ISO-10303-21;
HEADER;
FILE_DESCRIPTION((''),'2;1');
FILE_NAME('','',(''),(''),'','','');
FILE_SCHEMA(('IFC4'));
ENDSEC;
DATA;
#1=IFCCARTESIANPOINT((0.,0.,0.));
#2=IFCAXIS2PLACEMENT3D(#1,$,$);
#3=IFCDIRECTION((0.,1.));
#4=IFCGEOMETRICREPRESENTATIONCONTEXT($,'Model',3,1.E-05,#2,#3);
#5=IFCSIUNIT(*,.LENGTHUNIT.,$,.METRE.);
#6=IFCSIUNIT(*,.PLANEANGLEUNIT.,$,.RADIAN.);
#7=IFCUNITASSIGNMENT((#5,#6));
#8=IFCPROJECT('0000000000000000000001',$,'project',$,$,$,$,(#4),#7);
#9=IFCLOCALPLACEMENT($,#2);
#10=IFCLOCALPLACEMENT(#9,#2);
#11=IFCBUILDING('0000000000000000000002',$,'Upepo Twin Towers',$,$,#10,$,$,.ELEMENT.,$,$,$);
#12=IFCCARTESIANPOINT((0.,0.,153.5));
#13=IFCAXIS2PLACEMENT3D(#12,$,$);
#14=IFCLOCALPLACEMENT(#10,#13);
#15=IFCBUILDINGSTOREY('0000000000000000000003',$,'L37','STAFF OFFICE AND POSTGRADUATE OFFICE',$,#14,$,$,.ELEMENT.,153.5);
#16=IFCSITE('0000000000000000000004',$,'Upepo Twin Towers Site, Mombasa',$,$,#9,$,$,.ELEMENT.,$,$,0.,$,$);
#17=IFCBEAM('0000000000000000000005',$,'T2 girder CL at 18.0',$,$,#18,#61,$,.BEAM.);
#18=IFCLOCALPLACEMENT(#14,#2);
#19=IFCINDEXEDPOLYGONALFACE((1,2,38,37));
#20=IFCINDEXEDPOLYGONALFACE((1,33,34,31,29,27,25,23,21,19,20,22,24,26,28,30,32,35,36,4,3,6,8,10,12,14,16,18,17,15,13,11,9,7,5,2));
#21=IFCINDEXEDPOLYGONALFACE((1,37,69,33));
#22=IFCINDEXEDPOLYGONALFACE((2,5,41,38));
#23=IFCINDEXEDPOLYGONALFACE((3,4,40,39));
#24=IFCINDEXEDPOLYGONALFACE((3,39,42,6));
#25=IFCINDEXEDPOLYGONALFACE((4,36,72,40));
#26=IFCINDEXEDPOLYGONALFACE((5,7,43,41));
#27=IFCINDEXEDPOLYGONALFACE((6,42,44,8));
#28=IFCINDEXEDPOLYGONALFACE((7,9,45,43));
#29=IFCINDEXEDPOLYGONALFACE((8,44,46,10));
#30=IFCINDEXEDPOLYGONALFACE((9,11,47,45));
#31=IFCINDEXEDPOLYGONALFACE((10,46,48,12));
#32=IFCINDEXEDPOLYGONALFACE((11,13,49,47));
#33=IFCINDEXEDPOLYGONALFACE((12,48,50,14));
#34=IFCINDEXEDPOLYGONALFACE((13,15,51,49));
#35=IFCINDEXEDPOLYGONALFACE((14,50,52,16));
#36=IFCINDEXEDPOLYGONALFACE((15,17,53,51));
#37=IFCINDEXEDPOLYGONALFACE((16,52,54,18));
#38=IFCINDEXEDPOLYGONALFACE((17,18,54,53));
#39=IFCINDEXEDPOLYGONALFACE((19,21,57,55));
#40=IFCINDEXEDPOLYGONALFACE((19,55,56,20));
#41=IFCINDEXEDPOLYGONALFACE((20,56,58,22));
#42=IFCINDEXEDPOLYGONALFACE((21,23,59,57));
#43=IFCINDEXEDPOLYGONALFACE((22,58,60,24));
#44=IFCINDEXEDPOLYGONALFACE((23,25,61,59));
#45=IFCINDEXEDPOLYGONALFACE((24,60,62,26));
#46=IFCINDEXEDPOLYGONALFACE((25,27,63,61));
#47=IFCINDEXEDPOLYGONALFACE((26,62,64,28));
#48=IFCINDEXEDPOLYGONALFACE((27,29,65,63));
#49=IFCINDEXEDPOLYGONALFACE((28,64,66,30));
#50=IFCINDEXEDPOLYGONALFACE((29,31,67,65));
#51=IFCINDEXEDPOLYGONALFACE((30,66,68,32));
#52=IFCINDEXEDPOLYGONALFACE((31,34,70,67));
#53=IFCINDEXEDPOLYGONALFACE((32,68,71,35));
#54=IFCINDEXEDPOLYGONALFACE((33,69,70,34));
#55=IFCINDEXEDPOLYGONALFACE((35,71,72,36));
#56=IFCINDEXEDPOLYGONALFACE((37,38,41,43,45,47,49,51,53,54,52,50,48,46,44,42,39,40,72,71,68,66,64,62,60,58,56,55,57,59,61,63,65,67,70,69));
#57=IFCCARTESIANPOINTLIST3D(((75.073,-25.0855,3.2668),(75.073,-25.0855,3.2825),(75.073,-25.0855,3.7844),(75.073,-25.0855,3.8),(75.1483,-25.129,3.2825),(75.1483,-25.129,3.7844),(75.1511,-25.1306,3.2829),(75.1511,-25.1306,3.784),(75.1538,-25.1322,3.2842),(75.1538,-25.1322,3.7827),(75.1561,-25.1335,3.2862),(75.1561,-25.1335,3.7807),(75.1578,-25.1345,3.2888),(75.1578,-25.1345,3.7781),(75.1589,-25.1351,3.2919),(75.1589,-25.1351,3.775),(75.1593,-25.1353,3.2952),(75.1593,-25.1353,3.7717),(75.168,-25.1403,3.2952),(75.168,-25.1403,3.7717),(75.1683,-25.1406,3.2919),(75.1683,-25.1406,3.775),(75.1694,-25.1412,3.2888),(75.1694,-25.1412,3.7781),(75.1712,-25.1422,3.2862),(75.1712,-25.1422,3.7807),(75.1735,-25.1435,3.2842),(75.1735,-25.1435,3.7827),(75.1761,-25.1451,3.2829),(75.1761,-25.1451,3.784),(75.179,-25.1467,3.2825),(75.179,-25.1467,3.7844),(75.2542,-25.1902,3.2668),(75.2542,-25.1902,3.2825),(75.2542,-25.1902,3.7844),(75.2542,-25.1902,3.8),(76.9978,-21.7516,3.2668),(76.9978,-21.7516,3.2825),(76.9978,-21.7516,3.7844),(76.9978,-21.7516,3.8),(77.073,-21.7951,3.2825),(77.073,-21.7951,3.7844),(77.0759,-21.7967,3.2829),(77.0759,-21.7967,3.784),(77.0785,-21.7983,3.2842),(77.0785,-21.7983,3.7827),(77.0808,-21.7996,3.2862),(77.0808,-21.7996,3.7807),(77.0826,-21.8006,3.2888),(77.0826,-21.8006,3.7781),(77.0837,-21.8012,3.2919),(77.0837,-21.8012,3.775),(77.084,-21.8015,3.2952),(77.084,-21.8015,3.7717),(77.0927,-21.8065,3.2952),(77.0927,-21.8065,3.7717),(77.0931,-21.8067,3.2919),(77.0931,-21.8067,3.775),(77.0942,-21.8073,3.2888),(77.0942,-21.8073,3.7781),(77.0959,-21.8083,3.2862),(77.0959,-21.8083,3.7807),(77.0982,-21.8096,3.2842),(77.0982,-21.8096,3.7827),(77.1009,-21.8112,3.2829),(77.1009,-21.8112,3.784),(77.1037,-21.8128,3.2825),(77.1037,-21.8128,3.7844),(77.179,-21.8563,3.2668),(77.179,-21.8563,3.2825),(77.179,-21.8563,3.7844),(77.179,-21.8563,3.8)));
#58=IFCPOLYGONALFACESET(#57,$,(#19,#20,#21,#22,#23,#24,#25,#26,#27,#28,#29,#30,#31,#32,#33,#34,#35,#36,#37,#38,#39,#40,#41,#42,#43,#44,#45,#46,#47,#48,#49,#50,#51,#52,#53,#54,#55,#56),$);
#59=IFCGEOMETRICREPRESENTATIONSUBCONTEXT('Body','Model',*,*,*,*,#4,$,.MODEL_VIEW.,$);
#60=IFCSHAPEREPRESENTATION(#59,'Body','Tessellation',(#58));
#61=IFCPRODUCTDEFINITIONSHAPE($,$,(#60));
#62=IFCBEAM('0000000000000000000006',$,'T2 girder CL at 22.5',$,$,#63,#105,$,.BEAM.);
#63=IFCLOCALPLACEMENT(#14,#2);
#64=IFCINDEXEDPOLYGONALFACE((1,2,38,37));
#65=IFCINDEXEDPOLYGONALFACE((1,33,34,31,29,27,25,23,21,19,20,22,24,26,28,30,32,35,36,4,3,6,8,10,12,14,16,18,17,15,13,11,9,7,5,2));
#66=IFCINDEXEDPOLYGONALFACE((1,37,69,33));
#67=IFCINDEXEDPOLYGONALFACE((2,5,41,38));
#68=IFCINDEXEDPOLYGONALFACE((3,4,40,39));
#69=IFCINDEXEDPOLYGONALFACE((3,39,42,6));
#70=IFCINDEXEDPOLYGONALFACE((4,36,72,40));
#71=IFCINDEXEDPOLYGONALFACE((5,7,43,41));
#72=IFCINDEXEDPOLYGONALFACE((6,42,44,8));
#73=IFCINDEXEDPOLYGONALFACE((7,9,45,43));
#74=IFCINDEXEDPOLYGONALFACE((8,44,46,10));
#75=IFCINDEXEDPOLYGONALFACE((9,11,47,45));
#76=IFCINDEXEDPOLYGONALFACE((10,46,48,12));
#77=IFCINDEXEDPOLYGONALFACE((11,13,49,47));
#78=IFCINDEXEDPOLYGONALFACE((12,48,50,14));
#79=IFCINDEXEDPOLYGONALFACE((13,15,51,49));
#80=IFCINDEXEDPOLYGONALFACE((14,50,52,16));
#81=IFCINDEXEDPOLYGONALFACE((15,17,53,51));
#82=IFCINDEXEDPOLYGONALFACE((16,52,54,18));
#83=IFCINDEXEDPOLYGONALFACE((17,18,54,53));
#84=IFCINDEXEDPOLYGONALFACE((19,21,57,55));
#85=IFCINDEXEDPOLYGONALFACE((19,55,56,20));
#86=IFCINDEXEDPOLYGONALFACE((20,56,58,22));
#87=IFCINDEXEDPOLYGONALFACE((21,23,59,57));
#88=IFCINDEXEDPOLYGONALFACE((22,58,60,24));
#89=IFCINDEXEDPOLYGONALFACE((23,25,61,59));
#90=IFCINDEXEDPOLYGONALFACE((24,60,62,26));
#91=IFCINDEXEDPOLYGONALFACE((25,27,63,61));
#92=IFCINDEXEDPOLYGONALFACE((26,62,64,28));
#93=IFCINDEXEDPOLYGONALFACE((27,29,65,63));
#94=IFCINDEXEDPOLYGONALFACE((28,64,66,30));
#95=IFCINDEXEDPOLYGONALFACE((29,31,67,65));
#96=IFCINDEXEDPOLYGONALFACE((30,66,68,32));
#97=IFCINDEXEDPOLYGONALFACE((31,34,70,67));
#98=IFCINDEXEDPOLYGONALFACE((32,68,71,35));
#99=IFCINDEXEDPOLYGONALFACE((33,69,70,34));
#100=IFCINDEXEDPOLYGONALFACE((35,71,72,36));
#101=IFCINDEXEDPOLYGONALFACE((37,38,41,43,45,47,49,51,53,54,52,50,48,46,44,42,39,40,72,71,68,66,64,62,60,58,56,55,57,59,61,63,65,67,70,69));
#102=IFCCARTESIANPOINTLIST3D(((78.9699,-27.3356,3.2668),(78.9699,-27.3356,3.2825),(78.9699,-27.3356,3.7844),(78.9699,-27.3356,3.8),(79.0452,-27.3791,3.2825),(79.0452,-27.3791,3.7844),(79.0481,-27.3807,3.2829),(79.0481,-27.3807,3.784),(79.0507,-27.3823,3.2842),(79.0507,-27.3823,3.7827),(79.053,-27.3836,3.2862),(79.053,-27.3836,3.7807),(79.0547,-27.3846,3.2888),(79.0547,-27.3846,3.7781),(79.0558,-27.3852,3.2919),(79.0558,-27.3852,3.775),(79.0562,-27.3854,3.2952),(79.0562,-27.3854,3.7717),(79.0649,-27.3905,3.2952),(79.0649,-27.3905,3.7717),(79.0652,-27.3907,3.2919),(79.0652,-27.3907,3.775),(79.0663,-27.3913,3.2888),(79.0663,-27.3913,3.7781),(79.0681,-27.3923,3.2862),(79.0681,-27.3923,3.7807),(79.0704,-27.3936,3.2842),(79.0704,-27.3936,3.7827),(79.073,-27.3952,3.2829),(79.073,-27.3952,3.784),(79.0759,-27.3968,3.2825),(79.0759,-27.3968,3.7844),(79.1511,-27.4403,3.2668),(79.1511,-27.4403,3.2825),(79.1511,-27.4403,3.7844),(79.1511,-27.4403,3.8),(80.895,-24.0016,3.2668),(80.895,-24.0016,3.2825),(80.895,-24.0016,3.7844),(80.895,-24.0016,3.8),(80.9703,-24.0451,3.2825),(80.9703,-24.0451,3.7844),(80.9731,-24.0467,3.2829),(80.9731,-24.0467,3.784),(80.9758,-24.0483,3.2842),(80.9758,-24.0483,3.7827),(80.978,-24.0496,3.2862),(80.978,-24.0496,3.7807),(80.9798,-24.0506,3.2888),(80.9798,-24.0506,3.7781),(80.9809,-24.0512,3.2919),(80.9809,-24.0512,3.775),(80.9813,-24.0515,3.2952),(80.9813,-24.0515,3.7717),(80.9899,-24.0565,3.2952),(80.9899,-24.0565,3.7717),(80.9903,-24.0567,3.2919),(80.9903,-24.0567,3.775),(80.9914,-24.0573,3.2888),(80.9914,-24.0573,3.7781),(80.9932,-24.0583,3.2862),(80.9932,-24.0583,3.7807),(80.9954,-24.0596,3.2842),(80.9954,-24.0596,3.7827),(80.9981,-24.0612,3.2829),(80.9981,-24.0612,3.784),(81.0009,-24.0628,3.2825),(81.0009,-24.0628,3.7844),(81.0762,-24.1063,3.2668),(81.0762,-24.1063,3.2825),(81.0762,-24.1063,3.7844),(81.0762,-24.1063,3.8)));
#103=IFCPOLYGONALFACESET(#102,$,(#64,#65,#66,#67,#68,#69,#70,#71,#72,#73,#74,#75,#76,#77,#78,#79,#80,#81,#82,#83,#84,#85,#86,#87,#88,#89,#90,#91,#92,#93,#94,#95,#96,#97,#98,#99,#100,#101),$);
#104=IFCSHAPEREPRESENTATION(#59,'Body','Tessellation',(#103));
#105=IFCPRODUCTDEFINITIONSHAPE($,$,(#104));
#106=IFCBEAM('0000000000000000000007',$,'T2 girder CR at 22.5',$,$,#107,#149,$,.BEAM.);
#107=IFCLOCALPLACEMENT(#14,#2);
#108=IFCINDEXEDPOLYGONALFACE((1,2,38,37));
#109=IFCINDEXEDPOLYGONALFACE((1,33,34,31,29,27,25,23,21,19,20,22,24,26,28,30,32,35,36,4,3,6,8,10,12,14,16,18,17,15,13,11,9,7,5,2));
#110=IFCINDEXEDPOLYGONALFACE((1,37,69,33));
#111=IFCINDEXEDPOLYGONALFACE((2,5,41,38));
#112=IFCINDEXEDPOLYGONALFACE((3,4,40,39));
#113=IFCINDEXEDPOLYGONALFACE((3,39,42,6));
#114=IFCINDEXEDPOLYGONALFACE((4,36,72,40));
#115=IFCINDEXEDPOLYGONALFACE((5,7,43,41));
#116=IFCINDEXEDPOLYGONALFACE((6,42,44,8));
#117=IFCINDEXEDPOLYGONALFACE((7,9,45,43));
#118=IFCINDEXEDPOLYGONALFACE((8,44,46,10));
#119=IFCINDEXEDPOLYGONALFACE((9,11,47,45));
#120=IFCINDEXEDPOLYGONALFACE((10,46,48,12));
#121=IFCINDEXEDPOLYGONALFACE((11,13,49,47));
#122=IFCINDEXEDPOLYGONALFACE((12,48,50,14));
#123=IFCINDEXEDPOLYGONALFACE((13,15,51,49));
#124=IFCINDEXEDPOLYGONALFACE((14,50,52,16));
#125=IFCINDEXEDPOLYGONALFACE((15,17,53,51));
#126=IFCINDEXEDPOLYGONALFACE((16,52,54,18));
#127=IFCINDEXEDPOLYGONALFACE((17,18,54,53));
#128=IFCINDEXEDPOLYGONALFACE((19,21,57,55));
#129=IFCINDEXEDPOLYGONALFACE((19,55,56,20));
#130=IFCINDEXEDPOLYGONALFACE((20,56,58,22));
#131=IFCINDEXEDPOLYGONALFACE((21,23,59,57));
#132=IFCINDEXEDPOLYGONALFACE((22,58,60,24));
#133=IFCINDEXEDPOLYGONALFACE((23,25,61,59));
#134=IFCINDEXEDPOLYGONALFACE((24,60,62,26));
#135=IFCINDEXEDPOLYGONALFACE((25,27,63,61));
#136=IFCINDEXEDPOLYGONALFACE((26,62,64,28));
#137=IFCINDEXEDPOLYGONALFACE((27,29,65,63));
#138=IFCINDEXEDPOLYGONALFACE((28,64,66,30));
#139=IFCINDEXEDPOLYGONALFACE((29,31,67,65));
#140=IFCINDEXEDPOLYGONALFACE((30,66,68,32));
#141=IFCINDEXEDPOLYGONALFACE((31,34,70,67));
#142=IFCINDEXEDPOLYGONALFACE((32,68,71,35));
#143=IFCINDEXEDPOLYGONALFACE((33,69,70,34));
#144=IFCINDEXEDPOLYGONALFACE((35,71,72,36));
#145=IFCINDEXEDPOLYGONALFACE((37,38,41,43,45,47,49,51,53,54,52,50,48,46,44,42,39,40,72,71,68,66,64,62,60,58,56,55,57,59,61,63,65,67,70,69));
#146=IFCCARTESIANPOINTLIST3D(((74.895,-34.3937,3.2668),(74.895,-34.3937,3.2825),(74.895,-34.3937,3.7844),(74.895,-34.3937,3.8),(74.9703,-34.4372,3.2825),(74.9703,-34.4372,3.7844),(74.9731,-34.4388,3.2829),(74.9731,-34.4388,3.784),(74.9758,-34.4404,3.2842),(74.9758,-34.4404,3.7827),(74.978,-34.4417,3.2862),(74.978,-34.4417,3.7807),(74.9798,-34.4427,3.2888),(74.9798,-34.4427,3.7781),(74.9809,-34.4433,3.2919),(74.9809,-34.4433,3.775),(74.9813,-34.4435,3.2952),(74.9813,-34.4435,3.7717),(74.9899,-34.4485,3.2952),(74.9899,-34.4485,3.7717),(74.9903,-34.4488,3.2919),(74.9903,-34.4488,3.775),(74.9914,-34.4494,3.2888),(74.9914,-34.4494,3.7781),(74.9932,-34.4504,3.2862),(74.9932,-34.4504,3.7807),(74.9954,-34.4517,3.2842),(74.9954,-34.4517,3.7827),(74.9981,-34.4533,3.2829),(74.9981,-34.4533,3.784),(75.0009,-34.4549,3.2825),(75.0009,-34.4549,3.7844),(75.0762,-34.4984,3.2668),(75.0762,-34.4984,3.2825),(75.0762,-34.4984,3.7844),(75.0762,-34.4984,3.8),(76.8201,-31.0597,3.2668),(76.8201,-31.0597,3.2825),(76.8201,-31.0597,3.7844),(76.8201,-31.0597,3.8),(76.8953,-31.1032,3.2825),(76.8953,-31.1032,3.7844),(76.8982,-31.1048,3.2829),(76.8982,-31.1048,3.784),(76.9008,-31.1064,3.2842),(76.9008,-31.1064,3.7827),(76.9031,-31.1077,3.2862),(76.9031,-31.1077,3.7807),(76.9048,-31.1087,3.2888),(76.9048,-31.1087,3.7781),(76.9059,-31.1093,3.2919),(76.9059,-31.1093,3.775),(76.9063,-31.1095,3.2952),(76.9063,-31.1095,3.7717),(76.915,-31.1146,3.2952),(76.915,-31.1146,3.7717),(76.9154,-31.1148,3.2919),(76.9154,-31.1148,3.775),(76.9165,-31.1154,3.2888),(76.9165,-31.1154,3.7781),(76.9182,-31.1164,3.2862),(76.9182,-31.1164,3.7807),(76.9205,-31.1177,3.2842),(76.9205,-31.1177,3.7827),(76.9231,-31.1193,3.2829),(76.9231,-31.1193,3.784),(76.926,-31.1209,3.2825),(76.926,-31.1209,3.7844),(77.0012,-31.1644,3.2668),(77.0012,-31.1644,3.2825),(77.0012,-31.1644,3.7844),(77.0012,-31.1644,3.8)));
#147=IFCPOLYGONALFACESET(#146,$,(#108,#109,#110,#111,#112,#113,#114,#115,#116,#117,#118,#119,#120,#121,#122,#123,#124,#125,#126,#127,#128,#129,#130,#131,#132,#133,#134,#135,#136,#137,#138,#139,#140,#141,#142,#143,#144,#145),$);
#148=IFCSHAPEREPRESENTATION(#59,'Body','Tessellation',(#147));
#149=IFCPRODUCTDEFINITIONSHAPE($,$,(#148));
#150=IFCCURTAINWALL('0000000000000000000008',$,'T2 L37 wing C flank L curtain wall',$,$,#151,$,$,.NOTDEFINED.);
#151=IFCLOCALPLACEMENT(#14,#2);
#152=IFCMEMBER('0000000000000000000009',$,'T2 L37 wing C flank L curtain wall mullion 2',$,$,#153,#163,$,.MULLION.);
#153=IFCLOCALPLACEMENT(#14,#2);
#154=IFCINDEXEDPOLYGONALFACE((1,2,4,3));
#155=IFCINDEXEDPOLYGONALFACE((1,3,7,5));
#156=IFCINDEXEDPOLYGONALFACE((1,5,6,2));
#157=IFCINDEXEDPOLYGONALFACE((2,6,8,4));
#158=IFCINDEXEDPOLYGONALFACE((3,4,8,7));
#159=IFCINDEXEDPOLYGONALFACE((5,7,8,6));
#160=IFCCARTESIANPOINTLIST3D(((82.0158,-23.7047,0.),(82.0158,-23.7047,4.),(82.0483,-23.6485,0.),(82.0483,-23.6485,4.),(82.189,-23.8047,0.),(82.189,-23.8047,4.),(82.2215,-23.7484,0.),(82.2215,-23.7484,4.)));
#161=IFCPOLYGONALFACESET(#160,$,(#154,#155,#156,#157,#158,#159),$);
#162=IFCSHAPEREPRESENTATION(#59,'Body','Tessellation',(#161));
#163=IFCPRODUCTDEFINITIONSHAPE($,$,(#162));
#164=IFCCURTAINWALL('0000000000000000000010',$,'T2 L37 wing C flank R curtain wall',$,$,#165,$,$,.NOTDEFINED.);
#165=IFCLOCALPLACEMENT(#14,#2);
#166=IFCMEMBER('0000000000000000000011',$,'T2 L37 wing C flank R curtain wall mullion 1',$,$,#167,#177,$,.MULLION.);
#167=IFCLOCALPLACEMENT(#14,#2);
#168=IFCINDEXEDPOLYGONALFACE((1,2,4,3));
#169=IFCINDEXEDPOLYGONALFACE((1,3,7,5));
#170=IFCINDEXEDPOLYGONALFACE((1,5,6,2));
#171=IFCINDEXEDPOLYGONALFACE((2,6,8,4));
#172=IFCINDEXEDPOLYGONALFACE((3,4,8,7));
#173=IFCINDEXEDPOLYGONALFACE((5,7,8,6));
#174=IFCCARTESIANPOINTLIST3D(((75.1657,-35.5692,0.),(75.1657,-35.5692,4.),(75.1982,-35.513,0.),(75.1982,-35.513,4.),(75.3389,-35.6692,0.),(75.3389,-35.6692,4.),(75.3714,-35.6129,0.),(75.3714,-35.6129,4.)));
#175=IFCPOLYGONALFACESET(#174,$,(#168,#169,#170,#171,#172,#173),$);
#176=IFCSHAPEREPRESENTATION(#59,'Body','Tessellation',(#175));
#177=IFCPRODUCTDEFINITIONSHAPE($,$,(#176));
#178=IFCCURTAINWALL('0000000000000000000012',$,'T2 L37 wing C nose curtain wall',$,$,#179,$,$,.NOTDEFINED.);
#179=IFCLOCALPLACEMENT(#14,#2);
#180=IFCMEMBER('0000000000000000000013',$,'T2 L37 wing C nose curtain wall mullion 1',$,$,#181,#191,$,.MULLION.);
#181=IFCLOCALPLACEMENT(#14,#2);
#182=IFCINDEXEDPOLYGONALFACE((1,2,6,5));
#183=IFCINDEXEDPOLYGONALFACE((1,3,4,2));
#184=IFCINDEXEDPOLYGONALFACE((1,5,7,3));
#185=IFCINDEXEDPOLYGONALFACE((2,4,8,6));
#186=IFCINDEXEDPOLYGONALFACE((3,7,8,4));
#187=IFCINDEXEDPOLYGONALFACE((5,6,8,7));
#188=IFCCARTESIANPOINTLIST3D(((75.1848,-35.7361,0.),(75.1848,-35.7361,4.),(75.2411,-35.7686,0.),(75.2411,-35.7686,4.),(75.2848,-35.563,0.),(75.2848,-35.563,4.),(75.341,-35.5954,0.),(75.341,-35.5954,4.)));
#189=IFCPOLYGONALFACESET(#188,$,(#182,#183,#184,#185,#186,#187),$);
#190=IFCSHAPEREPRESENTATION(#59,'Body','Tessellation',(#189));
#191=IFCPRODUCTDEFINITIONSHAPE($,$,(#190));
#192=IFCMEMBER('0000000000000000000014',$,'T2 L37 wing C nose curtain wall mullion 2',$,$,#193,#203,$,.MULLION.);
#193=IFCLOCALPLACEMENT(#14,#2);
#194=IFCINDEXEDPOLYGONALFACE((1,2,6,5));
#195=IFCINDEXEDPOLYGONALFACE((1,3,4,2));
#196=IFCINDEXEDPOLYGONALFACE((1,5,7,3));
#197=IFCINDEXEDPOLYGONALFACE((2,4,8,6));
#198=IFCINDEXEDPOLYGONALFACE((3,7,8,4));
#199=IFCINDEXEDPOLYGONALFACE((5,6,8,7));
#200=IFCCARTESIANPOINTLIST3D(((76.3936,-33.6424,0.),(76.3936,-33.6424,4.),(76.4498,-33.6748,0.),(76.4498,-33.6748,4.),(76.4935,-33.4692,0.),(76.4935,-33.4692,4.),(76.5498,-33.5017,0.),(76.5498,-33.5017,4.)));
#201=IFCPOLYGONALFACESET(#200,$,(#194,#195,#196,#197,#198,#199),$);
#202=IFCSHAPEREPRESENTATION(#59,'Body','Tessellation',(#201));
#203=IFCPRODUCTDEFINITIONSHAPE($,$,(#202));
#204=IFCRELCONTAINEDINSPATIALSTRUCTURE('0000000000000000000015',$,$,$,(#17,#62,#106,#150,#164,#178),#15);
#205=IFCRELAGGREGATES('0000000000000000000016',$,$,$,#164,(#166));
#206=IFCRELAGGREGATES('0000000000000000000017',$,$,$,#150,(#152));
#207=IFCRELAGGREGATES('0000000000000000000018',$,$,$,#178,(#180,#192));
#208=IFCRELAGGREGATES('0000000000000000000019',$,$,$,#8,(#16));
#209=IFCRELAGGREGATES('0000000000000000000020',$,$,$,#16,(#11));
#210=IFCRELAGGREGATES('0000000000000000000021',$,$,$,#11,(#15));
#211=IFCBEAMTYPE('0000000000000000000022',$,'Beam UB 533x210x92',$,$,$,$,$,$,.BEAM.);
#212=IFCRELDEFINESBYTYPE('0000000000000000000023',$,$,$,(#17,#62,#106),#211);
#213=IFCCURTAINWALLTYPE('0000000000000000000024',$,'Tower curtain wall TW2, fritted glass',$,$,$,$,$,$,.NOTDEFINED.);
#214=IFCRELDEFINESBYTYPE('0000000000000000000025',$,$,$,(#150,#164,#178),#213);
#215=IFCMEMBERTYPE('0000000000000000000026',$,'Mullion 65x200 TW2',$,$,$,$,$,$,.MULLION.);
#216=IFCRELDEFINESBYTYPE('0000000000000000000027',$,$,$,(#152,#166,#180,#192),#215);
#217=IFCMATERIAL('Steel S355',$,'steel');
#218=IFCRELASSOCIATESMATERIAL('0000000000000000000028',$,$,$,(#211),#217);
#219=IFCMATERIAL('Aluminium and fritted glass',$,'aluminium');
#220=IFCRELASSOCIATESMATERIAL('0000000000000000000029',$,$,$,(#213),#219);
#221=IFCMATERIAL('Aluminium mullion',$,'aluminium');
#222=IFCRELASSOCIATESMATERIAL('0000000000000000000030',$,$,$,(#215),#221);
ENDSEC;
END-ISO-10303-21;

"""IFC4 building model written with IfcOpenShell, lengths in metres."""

from ifc_helpers import new_model, si_unit, direction, frame, origin, origin_2d, place, context, subcontext, project, spatial, rectangle, i_section, extrude, material, material_profile, profile_set, type_object, element, aggregate, save


model = new_model("IFC4")

# Units and contexts
model_context = context("Model", 3, precision=1e-05, world=origin(), true_north=direction((0.0, 1.0)))
body_context = subcontext(model_context, "Body", "Model", "MODEL_VIEW")
ifc_project = project(units=[si_unit("LENGTHUNIT", "METRE"), si_unit("PLANEANGLEUNIT", "RADIAN")], contexts=[model_context])

# Site, building, storey
site_placement = place(None, origin())
site = spatial("IfcSite", under=ifc_project, at=site_placement, Name="Upepo Twin Towers Site, Mombasa", CompositionType="ELEMENT", RefElevation=0.0)
building_placement = place(site_placement, origin())
building = spatial("IfcBuilding", under=site, at=building_placement, Name="Upepo Twin Towers", CompositionType="ELEMENT")
storey_placement = place(building_placement, frame((0.0, 0.0, 153.5)))
storey = spatial("IfcBuildingStorey", under=building, at=storey_placement, Name="L37", Description="STAFF OFFICE AND POSTGRADUATE OFFICE", CompositionType="ELEMENT", Elevation=153.5)

# Beams
ifc_material_1 = material(Name="Steel S355", Category="steel")
ifc_material_profile_1 = material_profile(ifc_material_1, i_section(OverallWidth=0.2092, OverallDepth=0.5332, WebThickness=0.01, FlangeThickness=0.0156, FilletRadius=0.0127, at=origin_2d()), Name="UB 533x210x92")
ifc_profile_set_1 = profile_set([ifc_material_profile_1], Name="Steel S355")
beam_type_1 = type_object("IfcBeamType", Name="Beam UB 533x210x92", PredefinedType="BEAM", material=ifc_profile_set_1)
beam_1_placement = place(storey_placement, frame((77.0884, -21.804, 3.5334), z_axis=(-0.499986, -0.866034, 0.0), x_axis=(0.866034, -0.499986, 0.0)))
element("IfcBeam", 1, at=beam_1_placement, inside=storey, type_object=beam_type_1, Name="T2 girder CL at 18.0", PredefinedType="BEAM", context=body_context, shape_type="SweptSolid", body=[
    extrude(i_section(OverallWidth=0.2092, OverallDepth=0.5332, WebThickness=0.01, FlangeThickness=0.0156, FilletRadius=0.0127, at=origin_2d()), origin(), (0.0, 0.0, 1.0), 3.8496),
])
for number, where, z_axis, x_axis, name in (
    (2, (80.9856, -24.054, 3.5334), (-0.500034, -0.866006, 0.0), (0.866006, -0.500034, 0.0), "T2 girder CL at 22.5"),
    (3, (74.9856, -34.446, 3.5334), (0.500034, 0.866006, 0.0), (-0.866006, 0.500034, 0.0), "T2 girder CR at 22.5"),
):
    element("IfcBeam", number, at=place(storey_placement, frame(where, z_axis=z_axis, x_axis=x_axis)), inside=storey, type_object=beam_type_1, Name=name, PredefinedType="BEAM", context=body_context, shape_type="SweptSolid", body=[
        extrude(i_section(OverallWidth=0.2092, OverallDepth=0.5332, WebThickness=0.01, FlangeThickness=0.0156, FilletRadius=0.0127, at=origin_2d()), origin(), (0.0, 0.0, 1.0), 3.8499),
    ])

# Curtain walls, members
ifc_material_2 = material(Name="Aluminium and fritted glass", Category="aluminium")
curtain_wall_type = type_object("IfcCurtainWallType", Name="Tower curtain wall TW2, fritted glass", PredefinedType="NOTDEFINED", material=ifc_material_2)
curtain_wall_1_placement = place(storey_placement, origin())
curtain_wall_1 = element("IfcCurtainWall", 4, at=curtain_wall_1_placement, inside=storey, type_object=curtain_wall_type, Name="T2 L37 wing C flank L curtain wall", PredefinedType="NOTDEFINED")
ifc_material_3 = material(Name="Aluminium mullion", Category="aluminium")
ifc_material_profile_2 = material_profile(ifc_material_3, rectangle(XDim=0.0649, YDim=0.2, at=origin_2d()), Name="MULLION 65x200")
ifc_profile_set_2 = profile_set([ifc_material_profile_2], Name="Aluminium mullion")
member_type_1 = type_object("IfcMemberType", Name="Mullion 65x200 TW2", PredefinedType="MULLION", material=ifc_profile_set_2)
member_1_placement = place(storey_placement, frame((82.1187, -23.7266, 0.0), z_axis=(0.0, 0.0, 1.0), x_axis=(0.5, 0.866025, 0.0)))
member_1 = element("IfcMember", 5, at=member_1_placement, type_object=member_type_1, Name="T2 L37 wing C flank L curtain wall mullion 2", PredefinedType="MULLION", context=body_context, shape_type="SweptSolid", body=[
    extrude(rectangle(XDim=0.0649, YDim=0.2, at=origin_2d()), origin(), (0.0, 0.0, 1.0), 4.0),
])
curtain_wall_2_placement = place(storey_placement, origin())
curtain_wall_2 = element("IfcCurtainWall", 6, at=curtain_wall_2_placement, inside=storey, type_object=curtain_wall_type, Name="T2 L37 wing C flank R curtain wall", PredefinedType="NOTDEFINED")
member_2_placement = place(storey_placement, frame((75.2686, -35.5911, 0.0), z_axis=(0.0, 0.0, 1.0), x_axis=(-0.5, -0.866025, 0.0)))
member_2 = element("IfcMember", 7, at=member_2_placement, type_object=member_type_1, Name="T2 L37 wing C flank R curtain wall mullion 1", PredefinedType="MULLION", context=body_context, shape_type="SweptSolid", body=[
    extrude(rectangle(XDim=0.0649, YDim=0.2, at=origin_2d()), origin(), (0.0, 0.0, 1.0), 4.0),
])

# Curtain wall, members
curtain_wall_3_placement = place(storey_placement, origin())
curtain_wall_3 = element("IfcCurtainWall", 8, at=curtain_wall_3_placement, inside=storey, type_object=curtain_wall_type, Name="T2 L37 wing C nose curtain wall", PredefinedType="NOTDEFINED")
member_3_placement = place(storey_placement, frame((75.2629, -35.6658, 0.0), z_axis=(0.0, 0.0, 1.0), x_axis=(-0.866025, 0.5, 0.0)))
member_3 = element("IfcMember", 9, at=member_3_placement, type_object=member_type_1, Name="T2 L37 wing C nose curtain wall mullion 1", PredefinedType="MULLION", context=body_context, shape_type="SweptSolid", body=[
    extrude(rectangle(XDim=0.0649, YDim=0.2, at=origin_2d()), origin(), (0.0, 0.0, 1.0), 4.0),
])
member_4_placement = place(storey_placement, frame((76.4717, -33.572, 0.0), z_axis=(0.0, 0.0, 1.0), x_axis=(-0.866025, 0.5, 0.0)))
member_4 = element("IfcMember", 10, at=member_4_placement, type_object=member_type_1, Name="T2 L37 wing C nose curtain wall mullion 2", PredefinedType="MULLION", context=body_context, shape_type="SweptSolid", body=[
    extrude(rectangle(XDim=0.0649, YDim=0.2, at=origin_2d()), origin(), (0.0, 0.0, 1.0), 4.0),
])

aggregate(curtain_wall_2, [member_2])

aggregate(curtain_wall_1, [member_1])
aggregate(curtain_wall_3, [member_3, member_4])

save(model, "model.ifc")
